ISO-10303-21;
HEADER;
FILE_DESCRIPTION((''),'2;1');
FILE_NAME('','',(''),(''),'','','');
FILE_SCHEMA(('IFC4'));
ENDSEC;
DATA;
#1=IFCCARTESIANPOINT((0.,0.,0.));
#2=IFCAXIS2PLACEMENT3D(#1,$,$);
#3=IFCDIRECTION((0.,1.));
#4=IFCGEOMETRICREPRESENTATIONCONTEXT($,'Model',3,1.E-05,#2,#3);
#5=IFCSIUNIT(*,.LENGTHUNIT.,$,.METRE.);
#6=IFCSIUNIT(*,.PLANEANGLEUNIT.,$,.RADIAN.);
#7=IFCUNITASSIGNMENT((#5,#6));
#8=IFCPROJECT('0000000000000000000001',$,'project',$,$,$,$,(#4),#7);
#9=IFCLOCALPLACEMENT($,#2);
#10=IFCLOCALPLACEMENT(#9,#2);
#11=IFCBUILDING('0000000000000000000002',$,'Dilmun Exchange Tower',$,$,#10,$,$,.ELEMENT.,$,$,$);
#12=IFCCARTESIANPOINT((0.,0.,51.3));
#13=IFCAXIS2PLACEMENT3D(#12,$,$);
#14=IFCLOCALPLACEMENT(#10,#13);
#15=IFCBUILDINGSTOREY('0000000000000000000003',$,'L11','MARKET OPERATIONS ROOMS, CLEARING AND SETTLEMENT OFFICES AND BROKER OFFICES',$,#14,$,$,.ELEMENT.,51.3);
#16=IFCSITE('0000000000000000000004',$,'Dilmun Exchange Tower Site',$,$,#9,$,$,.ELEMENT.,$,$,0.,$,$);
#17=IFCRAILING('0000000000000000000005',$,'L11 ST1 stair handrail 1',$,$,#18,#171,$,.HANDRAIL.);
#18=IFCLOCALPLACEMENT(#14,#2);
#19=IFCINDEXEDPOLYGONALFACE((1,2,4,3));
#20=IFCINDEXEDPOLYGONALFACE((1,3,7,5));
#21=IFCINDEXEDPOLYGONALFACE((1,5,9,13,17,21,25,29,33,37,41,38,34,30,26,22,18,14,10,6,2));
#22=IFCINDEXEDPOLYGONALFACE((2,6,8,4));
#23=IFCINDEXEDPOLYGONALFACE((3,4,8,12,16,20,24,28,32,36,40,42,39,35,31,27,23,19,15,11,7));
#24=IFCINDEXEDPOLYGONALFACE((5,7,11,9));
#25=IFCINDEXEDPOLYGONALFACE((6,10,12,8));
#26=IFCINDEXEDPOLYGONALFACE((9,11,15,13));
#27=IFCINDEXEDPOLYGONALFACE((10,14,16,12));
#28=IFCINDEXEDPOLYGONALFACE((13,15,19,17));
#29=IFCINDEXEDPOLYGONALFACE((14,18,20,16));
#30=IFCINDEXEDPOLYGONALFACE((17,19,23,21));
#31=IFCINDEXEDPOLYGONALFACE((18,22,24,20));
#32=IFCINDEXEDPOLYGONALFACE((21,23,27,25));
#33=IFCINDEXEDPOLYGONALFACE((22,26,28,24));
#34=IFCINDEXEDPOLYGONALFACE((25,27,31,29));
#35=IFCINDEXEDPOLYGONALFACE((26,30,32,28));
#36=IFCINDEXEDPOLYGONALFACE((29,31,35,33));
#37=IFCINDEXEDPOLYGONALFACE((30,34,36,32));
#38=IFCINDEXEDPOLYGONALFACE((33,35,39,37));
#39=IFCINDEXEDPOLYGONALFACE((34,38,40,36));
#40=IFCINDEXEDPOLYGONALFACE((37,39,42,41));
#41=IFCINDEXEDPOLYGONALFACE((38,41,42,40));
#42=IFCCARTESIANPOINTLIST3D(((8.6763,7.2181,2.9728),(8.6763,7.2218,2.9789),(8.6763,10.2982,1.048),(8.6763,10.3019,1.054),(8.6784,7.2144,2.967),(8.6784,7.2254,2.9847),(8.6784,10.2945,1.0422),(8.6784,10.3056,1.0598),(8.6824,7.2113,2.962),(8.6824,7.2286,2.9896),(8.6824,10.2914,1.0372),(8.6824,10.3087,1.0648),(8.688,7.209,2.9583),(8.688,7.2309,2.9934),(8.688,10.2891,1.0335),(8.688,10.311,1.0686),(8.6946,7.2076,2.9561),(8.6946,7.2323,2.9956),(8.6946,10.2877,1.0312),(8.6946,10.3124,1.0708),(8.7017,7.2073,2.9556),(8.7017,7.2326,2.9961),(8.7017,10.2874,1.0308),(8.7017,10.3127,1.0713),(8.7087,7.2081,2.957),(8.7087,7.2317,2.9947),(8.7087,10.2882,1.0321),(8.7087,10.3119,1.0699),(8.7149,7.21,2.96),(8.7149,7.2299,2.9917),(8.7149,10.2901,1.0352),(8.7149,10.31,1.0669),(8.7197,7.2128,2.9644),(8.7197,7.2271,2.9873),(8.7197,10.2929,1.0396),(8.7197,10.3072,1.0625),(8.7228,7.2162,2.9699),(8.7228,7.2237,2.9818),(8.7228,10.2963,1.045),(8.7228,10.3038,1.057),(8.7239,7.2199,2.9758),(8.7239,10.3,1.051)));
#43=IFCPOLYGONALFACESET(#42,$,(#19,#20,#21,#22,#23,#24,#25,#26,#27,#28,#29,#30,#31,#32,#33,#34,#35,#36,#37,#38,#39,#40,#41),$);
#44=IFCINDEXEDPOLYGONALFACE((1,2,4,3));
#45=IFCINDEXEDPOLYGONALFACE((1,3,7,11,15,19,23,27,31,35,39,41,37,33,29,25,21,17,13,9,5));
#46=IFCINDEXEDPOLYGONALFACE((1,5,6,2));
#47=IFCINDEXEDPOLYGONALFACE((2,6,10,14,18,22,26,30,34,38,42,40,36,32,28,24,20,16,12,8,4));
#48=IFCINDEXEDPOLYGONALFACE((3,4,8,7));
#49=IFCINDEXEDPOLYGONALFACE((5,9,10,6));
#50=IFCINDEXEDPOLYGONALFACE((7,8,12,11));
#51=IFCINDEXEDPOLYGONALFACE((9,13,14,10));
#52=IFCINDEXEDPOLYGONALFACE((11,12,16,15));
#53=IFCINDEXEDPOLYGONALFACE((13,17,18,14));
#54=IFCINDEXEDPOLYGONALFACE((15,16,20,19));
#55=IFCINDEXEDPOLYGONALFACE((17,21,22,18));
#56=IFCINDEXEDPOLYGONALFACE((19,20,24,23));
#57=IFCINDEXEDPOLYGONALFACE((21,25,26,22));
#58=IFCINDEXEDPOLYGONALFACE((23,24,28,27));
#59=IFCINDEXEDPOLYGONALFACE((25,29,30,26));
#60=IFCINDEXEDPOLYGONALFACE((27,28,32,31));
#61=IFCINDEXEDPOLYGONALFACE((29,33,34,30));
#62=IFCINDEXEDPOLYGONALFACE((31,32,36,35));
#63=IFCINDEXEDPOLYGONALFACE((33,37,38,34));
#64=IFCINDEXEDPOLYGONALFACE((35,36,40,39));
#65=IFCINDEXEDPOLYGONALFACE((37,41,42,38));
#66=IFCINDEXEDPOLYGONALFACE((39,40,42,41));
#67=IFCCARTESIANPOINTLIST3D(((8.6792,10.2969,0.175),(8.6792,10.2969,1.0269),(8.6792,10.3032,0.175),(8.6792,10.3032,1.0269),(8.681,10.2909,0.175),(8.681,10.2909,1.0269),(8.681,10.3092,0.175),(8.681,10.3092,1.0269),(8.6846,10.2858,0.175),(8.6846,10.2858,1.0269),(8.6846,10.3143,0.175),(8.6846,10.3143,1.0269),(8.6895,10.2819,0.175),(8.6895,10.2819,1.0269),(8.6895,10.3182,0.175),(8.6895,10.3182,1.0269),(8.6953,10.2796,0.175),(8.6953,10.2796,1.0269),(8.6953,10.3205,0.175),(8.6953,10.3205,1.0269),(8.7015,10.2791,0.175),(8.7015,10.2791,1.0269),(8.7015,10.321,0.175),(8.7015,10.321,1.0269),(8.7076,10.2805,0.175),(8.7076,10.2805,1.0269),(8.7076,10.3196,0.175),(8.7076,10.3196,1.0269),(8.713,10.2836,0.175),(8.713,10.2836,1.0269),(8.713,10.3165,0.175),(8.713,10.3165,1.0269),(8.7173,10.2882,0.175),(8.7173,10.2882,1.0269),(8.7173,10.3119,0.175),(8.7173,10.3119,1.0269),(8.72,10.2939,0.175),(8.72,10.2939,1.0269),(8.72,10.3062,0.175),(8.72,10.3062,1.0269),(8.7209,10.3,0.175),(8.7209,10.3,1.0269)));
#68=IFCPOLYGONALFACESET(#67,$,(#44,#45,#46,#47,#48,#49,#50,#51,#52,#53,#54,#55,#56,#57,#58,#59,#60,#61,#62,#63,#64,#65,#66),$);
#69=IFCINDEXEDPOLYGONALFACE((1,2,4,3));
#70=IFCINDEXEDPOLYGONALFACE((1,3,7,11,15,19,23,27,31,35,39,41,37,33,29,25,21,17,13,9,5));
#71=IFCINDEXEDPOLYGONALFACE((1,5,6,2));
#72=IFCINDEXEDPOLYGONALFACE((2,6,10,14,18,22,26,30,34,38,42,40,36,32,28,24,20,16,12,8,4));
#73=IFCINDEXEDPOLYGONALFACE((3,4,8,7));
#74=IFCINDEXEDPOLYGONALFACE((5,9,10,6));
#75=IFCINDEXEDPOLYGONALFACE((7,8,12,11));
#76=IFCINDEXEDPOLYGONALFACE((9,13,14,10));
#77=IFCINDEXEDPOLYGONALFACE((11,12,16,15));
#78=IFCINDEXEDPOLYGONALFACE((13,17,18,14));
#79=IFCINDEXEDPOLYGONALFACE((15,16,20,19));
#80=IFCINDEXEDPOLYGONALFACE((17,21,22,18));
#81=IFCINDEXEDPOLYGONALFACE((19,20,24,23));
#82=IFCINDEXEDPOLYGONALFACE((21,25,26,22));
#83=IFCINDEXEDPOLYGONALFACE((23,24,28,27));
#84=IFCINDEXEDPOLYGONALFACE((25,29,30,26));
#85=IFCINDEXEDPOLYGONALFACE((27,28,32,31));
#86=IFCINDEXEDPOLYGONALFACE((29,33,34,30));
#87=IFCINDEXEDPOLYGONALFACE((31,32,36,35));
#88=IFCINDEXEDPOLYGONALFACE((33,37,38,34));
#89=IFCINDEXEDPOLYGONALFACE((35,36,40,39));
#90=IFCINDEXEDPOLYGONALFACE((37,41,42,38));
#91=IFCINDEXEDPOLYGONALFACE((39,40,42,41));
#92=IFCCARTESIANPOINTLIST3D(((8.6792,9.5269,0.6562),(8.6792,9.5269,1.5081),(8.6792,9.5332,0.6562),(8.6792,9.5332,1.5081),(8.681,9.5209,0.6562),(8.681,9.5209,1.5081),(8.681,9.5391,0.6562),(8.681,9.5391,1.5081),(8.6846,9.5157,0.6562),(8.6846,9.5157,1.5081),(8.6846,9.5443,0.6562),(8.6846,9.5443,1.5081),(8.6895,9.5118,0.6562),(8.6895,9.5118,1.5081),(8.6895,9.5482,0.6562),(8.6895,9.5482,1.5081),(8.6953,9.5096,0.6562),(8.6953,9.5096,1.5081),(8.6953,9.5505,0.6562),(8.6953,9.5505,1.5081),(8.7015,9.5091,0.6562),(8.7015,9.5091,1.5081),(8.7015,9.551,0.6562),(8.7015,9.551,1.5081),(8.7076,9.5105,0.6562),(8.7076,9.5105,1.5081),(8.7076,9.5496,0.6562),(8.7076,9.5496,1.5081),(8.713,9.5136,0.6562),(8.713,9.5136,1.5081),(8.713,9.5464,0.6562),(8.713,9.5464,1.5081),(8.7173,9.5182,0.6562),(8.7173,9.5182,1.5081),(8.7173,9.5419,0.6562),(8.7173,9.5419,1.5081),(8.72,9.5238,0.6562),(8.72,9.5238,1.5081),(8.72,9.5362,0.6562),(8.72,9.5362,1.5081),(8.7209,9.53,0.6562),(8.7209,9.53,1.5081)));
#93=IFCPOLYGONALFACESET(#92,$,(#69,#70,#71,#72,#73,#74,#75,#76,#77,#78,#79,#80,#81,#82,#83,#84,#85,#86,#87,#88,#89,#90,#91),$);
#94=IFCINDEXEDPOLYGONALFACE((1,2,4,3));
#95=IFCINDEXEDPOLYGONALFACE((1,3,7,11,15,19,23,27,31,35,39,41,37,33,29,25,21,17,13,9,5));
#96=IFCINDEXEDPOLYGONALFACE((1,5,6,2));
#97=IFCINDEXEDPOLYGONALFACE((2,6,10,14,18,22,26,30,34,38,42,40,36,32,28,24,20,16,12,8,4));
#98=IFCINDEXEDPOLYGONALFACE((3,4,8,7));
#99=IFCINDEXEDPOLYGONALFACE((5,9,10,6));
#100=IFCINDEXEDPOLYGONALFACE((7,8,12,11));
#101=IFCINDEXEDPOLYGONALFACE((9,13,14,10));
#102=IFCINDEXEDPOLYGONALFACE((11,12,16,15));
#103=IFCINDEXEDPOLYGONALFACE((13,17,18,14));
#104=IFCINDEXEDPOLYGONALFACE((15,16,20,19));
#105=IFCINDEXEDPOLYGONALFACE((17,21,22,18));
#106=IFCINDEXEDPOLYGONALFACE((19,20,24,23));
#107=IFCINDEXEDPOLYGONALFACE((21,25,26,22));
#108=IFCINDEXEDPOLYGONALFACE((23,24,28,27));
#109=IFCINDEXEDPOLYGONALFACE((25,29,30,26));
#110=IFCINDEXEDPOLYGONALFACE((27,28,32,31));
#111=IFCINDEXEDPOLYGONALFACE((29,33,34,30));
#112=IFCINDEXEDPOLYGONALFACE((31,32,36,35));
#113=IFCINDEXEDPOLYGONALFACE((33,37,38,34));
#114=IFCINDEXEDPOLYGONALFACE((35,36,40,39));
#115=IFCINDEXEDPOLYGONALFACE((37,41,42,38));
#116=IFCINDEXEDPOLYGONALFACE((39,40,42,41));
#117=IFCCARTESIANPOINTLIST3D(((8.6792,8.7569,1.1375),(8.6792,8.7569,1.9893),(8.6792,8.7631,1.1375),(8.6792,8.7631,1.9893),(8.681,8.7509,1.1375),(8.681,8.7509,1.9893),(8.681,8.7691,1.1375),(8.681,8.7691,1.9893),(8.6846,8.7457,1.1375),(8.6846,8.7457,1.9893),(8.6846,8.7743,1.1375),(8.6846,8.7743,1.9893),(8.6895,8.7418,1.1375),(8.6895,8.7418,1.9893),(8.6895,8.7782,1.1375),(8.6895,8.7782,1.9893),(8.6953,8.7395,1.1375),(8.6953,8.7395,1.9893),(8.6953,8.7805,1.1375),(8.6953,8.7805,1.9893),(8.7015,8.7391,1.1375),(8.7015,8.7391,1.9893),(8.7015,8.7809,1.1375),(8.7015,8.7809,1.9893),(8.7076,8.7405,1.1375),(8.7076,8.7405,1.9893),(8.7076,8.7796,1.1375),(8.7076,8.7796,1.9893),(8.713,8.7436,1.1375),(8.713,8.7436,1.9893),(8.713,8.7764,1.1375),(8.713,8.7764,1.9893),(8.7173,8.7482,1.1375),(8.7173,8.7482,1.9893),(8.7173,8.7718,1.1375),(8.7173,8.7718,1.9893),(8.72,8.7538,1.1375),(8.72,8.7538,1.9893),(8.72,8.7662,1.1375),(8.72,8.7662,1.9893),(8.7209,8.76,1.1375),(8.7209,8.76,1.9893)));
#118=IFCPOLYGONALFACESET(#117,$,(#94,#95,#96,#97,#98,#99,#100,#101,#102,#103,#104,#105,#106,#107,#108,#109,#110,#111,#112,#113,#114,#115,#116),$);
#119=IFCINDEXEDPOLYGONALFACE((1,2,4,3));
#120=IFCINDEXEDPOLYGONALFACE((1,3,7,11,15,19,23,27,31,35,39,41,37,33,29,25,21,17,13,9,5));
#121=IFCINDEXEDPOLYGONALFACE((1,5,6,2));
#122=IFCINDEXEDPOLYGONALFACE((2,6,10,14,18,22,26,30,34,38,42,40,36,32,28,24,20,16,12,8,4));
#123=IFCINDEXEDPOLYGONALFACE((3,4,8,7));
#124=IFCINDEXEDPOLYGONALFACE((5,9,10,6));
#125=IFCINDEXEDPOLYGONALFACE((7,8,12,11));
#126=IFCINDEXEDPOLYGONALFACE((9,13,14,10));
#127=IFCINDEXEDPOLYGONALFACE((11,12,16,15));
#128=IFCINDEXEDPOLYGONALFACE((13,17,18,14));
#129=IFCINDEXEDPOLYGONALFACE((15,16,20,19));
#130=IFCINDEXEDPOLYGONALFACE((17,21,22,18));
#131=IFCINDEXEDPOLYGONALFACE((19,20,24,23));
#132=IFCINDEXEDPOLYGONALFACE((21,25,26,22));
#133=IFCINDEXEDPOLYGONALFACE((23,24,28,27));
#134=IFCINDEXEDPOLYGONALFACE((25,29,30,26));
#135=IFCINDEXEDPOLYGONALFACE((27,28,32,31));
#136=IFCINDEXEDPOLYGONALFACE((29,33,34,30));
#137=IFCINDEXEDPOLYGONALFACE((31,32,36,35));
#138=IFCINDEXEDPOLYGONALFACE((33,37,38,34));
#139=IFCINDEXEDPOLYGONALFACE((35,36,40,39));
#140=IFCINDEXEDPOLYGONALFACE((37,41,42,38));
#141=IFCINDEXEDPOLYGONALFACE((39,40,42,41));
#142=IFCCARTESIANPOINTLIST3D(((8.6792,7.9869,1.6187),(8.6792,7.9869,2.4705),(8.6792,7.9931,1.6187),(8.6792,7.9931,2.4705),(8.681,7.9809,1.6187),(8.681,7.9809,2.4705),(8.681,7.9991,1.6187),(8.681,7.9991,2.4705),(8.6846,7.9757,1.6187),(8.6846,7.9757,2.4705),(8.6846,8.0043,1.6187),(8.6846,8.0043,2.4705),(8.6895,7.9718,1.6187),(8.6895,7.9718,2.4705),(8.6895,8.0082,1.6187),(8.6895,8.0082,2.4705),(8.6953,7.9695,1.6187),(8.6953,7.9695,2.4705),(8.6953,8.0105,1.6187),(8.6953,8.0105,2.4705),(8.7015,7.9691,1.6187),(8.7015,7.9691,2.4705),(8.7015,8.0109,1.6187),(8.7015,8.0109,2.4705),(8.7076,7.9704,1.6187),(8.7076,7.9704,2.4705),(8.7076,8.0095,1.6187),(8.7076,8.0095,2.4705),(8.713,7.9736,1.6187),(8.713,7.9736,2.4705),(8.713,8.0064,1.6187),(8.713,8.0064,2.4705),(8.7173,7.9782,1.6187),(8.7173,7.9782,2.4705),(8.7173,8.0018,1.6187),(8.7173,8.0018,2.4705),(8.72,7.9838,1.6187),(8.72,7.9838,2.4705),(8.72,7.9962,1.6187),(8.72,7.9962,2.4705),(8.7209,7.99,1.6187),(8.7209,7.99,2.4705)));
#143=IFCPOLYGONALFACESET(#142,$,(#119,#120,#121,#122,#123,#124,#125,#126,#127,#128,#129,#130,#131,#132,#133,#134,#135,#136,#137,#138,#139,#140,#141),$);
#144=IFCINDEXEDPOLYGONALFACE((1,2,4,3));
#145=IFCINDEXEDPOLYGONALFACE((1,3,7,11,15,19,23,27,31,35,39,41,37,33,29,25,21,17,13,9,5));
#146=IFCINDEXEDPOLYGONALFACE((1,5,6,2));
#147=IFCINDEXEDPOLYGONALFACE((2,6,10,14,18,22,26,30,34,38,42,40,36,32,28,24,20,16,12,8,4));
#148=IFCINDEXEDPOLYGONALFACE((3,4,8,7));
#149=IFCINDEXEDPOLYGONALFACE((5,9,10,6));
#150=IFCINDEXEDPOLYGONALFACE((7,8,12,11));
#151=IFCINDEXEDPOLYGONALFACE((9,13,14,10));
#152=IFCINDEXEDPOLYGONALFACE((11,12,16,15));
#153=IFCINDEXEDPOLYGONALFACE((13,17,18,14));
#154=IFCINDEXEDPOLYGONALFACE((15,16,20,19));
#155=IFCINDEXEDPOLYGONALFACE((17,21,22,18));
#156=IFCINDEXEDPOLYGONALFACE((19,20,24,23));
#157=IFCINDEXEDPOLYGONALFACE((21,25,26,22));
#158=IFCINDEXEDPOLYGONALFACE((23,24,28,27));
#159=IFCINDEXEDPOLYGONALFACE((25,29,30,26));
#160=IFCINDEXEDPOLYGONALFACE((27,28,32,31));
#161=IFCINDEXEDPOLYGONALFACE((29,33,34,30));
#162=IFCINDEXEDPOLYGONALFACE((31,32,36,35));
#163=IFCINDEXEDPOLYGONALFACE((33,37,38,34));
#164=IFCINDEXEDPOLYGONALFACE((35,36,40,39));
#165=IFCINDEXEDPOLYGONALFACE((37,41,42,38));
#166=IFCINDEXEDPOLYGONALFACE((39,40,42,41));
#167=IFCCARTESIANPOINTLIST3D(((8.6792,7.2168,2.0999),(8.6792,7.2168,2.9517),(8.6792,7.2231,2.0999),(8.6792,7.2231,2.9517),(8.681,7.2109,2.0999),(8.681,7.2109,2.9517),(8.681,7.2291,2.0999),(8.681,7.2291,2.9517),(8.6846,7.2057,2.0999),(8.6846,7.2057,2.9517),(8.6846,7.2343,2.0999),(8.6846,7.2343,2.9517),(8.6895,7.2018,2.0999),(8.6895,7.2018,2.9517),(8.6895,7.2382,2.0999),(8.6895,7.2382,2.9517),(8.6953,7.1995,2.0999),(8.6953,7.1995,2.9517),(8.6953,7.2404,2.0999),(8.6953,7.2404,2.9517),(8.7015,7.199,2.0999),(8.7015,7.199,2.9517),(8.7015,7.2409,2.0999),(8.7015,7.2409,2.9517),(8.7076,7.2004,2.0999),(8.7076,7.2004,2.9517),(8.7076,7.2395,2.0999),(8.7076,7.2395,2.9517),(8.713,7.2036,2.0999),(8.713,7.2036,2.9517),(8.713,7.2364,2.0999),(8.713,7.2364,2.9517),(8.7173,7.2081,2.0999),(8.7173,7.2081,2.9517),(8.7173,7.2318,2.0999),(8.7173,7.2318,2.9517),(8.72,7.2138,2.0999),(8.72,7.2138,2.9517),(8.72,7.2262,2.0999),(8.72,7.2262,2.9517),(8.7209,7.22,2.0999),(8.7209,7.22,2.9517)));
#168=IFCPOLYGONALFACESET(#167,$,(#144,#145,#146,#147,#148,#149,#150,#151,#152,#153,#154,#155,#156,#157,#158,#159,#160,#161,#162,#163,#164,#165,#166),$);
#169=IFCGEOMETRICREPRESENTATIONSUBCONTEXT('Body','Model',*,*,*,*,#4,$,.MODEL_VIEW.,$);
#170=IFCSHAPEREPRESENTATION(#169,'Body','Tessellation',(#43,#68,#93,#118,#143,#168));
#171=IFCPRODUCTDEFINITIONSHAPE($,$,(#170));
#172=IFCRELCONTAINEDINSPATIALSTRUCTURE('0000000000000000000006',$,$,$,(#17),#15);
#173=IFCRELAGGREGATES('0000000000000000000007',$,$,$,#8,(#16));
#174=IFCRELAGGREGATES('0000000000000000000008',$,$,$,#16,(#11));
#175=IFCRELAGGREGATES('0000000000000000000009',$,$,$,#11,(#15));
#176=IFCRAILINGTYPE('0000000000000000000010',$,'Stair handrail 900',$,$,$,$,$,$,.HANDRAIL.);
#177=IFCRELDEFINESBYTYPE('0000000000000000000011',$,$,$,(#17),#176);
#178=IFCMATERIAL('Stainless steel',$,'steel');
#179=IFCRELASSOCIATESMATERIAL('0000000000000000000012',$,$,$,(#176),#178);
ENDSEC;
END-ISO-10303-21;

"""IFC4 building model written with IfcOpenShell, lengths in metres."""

from ifc_helpers import new_model, si_unit, direction, frame, origin, origin_2d, place, context, subcontext, project, spatial, circle, extrude, material, type_object, element, save


model = new_model("IFC4")

# Units and contexts
model_context = context("Model", 3, precision=1e-05, world=origin(), true_north=direction((0.0, 1.0)))
body_context = subcontext(model_context, "Body", "Model", "MODEL_VIEW")
ifc_project = project(units=[si_unit("LENGTHUNIT", "METRE"), si_unit("PLANEANGLEUNIT", "RADIAN")], contexts=[model_context])

# Site, building, storey
site_placement = place(None, origin())
site = spatial("IfcSite", under=ifc_project, at=site_placement, Name="Dilmun Exchange Tower Site", CompositionType="ELEMENT", RefElevation=0.0)
building_placement = place(site_placement, origin())
building = spatial("IfcBuilding", under=site, at=building_placement, Name="Dilmun Exchange Tower", CompositionType="ELEMENT")
storey_placement = place(building_placement, frame((0.0, 0.0, 51.3)))
storey = spatial("IfcBuildingStorey", under=building, at=storey_placement, Name="L11", Description="MARKET OPERATIONS ROOMS, CLEARING AND SETTLEMENT OFFICES AND BROKER OFFICES", CompositionType="ELEMENT", Elevation=51.3)

# Railing
ifc_material_1 = material(Name="Stainless steel", Category="steel")
railing_type = type_object("IfcRailingType", Name="Stair handrail 900", PredefinedType="HANDRAIL", material=ifc_material_1)
railing_placement = place(storey_placement, frame((8.7, 10.3, 0.175)))
element("IfcRailing", 1, at=railing_placement, inside=storey, type_object=railing_type, Name="L11 ST1 stair handrail 1", PredefinedType="HANDRAIL", context=body_context, shape_type="SweptSolid", body=[
    extrude(circle(Radius=0.0239, at=origin_2d()), frame((0.0, 0.0, 0.876), z_axis=(0.0, -0.848029, 0.529951), x_axis=(1.0, 0.0, 0.0)), (0.0, 0.0, 1.0), 3.6321),
    extrude(circle(Radius=0.021, at=origin_2d()), origin(), (0.0, 0.0, 1.0), 0.8518),
    extrude(circle(Radius=0.021, at=origin_2d()), frame((0.0, -0.77, 0.4812)), (0.0, 0.0, 1.0), 0.8518),
    extrude(circle(Radius=0.021, at=origin_2d()), frame((0.0, -1.54, 0.9624)), (0.0, 0.0, 1.0), 0.8518),
    extrude(circle(Radius=0.021, at=origin_2d()), frame((0.0, -2.3101, 1.4436)), (0.0, 0.0, 1.0), 0.8518),
    extrude(circle(Radius=0.021, at=origin_2d()), frame((0.0, -3.0801, 1.9248)), (0.0, 0.0, 1.0), 0.8518),
])

save(model, "model.ifc")
